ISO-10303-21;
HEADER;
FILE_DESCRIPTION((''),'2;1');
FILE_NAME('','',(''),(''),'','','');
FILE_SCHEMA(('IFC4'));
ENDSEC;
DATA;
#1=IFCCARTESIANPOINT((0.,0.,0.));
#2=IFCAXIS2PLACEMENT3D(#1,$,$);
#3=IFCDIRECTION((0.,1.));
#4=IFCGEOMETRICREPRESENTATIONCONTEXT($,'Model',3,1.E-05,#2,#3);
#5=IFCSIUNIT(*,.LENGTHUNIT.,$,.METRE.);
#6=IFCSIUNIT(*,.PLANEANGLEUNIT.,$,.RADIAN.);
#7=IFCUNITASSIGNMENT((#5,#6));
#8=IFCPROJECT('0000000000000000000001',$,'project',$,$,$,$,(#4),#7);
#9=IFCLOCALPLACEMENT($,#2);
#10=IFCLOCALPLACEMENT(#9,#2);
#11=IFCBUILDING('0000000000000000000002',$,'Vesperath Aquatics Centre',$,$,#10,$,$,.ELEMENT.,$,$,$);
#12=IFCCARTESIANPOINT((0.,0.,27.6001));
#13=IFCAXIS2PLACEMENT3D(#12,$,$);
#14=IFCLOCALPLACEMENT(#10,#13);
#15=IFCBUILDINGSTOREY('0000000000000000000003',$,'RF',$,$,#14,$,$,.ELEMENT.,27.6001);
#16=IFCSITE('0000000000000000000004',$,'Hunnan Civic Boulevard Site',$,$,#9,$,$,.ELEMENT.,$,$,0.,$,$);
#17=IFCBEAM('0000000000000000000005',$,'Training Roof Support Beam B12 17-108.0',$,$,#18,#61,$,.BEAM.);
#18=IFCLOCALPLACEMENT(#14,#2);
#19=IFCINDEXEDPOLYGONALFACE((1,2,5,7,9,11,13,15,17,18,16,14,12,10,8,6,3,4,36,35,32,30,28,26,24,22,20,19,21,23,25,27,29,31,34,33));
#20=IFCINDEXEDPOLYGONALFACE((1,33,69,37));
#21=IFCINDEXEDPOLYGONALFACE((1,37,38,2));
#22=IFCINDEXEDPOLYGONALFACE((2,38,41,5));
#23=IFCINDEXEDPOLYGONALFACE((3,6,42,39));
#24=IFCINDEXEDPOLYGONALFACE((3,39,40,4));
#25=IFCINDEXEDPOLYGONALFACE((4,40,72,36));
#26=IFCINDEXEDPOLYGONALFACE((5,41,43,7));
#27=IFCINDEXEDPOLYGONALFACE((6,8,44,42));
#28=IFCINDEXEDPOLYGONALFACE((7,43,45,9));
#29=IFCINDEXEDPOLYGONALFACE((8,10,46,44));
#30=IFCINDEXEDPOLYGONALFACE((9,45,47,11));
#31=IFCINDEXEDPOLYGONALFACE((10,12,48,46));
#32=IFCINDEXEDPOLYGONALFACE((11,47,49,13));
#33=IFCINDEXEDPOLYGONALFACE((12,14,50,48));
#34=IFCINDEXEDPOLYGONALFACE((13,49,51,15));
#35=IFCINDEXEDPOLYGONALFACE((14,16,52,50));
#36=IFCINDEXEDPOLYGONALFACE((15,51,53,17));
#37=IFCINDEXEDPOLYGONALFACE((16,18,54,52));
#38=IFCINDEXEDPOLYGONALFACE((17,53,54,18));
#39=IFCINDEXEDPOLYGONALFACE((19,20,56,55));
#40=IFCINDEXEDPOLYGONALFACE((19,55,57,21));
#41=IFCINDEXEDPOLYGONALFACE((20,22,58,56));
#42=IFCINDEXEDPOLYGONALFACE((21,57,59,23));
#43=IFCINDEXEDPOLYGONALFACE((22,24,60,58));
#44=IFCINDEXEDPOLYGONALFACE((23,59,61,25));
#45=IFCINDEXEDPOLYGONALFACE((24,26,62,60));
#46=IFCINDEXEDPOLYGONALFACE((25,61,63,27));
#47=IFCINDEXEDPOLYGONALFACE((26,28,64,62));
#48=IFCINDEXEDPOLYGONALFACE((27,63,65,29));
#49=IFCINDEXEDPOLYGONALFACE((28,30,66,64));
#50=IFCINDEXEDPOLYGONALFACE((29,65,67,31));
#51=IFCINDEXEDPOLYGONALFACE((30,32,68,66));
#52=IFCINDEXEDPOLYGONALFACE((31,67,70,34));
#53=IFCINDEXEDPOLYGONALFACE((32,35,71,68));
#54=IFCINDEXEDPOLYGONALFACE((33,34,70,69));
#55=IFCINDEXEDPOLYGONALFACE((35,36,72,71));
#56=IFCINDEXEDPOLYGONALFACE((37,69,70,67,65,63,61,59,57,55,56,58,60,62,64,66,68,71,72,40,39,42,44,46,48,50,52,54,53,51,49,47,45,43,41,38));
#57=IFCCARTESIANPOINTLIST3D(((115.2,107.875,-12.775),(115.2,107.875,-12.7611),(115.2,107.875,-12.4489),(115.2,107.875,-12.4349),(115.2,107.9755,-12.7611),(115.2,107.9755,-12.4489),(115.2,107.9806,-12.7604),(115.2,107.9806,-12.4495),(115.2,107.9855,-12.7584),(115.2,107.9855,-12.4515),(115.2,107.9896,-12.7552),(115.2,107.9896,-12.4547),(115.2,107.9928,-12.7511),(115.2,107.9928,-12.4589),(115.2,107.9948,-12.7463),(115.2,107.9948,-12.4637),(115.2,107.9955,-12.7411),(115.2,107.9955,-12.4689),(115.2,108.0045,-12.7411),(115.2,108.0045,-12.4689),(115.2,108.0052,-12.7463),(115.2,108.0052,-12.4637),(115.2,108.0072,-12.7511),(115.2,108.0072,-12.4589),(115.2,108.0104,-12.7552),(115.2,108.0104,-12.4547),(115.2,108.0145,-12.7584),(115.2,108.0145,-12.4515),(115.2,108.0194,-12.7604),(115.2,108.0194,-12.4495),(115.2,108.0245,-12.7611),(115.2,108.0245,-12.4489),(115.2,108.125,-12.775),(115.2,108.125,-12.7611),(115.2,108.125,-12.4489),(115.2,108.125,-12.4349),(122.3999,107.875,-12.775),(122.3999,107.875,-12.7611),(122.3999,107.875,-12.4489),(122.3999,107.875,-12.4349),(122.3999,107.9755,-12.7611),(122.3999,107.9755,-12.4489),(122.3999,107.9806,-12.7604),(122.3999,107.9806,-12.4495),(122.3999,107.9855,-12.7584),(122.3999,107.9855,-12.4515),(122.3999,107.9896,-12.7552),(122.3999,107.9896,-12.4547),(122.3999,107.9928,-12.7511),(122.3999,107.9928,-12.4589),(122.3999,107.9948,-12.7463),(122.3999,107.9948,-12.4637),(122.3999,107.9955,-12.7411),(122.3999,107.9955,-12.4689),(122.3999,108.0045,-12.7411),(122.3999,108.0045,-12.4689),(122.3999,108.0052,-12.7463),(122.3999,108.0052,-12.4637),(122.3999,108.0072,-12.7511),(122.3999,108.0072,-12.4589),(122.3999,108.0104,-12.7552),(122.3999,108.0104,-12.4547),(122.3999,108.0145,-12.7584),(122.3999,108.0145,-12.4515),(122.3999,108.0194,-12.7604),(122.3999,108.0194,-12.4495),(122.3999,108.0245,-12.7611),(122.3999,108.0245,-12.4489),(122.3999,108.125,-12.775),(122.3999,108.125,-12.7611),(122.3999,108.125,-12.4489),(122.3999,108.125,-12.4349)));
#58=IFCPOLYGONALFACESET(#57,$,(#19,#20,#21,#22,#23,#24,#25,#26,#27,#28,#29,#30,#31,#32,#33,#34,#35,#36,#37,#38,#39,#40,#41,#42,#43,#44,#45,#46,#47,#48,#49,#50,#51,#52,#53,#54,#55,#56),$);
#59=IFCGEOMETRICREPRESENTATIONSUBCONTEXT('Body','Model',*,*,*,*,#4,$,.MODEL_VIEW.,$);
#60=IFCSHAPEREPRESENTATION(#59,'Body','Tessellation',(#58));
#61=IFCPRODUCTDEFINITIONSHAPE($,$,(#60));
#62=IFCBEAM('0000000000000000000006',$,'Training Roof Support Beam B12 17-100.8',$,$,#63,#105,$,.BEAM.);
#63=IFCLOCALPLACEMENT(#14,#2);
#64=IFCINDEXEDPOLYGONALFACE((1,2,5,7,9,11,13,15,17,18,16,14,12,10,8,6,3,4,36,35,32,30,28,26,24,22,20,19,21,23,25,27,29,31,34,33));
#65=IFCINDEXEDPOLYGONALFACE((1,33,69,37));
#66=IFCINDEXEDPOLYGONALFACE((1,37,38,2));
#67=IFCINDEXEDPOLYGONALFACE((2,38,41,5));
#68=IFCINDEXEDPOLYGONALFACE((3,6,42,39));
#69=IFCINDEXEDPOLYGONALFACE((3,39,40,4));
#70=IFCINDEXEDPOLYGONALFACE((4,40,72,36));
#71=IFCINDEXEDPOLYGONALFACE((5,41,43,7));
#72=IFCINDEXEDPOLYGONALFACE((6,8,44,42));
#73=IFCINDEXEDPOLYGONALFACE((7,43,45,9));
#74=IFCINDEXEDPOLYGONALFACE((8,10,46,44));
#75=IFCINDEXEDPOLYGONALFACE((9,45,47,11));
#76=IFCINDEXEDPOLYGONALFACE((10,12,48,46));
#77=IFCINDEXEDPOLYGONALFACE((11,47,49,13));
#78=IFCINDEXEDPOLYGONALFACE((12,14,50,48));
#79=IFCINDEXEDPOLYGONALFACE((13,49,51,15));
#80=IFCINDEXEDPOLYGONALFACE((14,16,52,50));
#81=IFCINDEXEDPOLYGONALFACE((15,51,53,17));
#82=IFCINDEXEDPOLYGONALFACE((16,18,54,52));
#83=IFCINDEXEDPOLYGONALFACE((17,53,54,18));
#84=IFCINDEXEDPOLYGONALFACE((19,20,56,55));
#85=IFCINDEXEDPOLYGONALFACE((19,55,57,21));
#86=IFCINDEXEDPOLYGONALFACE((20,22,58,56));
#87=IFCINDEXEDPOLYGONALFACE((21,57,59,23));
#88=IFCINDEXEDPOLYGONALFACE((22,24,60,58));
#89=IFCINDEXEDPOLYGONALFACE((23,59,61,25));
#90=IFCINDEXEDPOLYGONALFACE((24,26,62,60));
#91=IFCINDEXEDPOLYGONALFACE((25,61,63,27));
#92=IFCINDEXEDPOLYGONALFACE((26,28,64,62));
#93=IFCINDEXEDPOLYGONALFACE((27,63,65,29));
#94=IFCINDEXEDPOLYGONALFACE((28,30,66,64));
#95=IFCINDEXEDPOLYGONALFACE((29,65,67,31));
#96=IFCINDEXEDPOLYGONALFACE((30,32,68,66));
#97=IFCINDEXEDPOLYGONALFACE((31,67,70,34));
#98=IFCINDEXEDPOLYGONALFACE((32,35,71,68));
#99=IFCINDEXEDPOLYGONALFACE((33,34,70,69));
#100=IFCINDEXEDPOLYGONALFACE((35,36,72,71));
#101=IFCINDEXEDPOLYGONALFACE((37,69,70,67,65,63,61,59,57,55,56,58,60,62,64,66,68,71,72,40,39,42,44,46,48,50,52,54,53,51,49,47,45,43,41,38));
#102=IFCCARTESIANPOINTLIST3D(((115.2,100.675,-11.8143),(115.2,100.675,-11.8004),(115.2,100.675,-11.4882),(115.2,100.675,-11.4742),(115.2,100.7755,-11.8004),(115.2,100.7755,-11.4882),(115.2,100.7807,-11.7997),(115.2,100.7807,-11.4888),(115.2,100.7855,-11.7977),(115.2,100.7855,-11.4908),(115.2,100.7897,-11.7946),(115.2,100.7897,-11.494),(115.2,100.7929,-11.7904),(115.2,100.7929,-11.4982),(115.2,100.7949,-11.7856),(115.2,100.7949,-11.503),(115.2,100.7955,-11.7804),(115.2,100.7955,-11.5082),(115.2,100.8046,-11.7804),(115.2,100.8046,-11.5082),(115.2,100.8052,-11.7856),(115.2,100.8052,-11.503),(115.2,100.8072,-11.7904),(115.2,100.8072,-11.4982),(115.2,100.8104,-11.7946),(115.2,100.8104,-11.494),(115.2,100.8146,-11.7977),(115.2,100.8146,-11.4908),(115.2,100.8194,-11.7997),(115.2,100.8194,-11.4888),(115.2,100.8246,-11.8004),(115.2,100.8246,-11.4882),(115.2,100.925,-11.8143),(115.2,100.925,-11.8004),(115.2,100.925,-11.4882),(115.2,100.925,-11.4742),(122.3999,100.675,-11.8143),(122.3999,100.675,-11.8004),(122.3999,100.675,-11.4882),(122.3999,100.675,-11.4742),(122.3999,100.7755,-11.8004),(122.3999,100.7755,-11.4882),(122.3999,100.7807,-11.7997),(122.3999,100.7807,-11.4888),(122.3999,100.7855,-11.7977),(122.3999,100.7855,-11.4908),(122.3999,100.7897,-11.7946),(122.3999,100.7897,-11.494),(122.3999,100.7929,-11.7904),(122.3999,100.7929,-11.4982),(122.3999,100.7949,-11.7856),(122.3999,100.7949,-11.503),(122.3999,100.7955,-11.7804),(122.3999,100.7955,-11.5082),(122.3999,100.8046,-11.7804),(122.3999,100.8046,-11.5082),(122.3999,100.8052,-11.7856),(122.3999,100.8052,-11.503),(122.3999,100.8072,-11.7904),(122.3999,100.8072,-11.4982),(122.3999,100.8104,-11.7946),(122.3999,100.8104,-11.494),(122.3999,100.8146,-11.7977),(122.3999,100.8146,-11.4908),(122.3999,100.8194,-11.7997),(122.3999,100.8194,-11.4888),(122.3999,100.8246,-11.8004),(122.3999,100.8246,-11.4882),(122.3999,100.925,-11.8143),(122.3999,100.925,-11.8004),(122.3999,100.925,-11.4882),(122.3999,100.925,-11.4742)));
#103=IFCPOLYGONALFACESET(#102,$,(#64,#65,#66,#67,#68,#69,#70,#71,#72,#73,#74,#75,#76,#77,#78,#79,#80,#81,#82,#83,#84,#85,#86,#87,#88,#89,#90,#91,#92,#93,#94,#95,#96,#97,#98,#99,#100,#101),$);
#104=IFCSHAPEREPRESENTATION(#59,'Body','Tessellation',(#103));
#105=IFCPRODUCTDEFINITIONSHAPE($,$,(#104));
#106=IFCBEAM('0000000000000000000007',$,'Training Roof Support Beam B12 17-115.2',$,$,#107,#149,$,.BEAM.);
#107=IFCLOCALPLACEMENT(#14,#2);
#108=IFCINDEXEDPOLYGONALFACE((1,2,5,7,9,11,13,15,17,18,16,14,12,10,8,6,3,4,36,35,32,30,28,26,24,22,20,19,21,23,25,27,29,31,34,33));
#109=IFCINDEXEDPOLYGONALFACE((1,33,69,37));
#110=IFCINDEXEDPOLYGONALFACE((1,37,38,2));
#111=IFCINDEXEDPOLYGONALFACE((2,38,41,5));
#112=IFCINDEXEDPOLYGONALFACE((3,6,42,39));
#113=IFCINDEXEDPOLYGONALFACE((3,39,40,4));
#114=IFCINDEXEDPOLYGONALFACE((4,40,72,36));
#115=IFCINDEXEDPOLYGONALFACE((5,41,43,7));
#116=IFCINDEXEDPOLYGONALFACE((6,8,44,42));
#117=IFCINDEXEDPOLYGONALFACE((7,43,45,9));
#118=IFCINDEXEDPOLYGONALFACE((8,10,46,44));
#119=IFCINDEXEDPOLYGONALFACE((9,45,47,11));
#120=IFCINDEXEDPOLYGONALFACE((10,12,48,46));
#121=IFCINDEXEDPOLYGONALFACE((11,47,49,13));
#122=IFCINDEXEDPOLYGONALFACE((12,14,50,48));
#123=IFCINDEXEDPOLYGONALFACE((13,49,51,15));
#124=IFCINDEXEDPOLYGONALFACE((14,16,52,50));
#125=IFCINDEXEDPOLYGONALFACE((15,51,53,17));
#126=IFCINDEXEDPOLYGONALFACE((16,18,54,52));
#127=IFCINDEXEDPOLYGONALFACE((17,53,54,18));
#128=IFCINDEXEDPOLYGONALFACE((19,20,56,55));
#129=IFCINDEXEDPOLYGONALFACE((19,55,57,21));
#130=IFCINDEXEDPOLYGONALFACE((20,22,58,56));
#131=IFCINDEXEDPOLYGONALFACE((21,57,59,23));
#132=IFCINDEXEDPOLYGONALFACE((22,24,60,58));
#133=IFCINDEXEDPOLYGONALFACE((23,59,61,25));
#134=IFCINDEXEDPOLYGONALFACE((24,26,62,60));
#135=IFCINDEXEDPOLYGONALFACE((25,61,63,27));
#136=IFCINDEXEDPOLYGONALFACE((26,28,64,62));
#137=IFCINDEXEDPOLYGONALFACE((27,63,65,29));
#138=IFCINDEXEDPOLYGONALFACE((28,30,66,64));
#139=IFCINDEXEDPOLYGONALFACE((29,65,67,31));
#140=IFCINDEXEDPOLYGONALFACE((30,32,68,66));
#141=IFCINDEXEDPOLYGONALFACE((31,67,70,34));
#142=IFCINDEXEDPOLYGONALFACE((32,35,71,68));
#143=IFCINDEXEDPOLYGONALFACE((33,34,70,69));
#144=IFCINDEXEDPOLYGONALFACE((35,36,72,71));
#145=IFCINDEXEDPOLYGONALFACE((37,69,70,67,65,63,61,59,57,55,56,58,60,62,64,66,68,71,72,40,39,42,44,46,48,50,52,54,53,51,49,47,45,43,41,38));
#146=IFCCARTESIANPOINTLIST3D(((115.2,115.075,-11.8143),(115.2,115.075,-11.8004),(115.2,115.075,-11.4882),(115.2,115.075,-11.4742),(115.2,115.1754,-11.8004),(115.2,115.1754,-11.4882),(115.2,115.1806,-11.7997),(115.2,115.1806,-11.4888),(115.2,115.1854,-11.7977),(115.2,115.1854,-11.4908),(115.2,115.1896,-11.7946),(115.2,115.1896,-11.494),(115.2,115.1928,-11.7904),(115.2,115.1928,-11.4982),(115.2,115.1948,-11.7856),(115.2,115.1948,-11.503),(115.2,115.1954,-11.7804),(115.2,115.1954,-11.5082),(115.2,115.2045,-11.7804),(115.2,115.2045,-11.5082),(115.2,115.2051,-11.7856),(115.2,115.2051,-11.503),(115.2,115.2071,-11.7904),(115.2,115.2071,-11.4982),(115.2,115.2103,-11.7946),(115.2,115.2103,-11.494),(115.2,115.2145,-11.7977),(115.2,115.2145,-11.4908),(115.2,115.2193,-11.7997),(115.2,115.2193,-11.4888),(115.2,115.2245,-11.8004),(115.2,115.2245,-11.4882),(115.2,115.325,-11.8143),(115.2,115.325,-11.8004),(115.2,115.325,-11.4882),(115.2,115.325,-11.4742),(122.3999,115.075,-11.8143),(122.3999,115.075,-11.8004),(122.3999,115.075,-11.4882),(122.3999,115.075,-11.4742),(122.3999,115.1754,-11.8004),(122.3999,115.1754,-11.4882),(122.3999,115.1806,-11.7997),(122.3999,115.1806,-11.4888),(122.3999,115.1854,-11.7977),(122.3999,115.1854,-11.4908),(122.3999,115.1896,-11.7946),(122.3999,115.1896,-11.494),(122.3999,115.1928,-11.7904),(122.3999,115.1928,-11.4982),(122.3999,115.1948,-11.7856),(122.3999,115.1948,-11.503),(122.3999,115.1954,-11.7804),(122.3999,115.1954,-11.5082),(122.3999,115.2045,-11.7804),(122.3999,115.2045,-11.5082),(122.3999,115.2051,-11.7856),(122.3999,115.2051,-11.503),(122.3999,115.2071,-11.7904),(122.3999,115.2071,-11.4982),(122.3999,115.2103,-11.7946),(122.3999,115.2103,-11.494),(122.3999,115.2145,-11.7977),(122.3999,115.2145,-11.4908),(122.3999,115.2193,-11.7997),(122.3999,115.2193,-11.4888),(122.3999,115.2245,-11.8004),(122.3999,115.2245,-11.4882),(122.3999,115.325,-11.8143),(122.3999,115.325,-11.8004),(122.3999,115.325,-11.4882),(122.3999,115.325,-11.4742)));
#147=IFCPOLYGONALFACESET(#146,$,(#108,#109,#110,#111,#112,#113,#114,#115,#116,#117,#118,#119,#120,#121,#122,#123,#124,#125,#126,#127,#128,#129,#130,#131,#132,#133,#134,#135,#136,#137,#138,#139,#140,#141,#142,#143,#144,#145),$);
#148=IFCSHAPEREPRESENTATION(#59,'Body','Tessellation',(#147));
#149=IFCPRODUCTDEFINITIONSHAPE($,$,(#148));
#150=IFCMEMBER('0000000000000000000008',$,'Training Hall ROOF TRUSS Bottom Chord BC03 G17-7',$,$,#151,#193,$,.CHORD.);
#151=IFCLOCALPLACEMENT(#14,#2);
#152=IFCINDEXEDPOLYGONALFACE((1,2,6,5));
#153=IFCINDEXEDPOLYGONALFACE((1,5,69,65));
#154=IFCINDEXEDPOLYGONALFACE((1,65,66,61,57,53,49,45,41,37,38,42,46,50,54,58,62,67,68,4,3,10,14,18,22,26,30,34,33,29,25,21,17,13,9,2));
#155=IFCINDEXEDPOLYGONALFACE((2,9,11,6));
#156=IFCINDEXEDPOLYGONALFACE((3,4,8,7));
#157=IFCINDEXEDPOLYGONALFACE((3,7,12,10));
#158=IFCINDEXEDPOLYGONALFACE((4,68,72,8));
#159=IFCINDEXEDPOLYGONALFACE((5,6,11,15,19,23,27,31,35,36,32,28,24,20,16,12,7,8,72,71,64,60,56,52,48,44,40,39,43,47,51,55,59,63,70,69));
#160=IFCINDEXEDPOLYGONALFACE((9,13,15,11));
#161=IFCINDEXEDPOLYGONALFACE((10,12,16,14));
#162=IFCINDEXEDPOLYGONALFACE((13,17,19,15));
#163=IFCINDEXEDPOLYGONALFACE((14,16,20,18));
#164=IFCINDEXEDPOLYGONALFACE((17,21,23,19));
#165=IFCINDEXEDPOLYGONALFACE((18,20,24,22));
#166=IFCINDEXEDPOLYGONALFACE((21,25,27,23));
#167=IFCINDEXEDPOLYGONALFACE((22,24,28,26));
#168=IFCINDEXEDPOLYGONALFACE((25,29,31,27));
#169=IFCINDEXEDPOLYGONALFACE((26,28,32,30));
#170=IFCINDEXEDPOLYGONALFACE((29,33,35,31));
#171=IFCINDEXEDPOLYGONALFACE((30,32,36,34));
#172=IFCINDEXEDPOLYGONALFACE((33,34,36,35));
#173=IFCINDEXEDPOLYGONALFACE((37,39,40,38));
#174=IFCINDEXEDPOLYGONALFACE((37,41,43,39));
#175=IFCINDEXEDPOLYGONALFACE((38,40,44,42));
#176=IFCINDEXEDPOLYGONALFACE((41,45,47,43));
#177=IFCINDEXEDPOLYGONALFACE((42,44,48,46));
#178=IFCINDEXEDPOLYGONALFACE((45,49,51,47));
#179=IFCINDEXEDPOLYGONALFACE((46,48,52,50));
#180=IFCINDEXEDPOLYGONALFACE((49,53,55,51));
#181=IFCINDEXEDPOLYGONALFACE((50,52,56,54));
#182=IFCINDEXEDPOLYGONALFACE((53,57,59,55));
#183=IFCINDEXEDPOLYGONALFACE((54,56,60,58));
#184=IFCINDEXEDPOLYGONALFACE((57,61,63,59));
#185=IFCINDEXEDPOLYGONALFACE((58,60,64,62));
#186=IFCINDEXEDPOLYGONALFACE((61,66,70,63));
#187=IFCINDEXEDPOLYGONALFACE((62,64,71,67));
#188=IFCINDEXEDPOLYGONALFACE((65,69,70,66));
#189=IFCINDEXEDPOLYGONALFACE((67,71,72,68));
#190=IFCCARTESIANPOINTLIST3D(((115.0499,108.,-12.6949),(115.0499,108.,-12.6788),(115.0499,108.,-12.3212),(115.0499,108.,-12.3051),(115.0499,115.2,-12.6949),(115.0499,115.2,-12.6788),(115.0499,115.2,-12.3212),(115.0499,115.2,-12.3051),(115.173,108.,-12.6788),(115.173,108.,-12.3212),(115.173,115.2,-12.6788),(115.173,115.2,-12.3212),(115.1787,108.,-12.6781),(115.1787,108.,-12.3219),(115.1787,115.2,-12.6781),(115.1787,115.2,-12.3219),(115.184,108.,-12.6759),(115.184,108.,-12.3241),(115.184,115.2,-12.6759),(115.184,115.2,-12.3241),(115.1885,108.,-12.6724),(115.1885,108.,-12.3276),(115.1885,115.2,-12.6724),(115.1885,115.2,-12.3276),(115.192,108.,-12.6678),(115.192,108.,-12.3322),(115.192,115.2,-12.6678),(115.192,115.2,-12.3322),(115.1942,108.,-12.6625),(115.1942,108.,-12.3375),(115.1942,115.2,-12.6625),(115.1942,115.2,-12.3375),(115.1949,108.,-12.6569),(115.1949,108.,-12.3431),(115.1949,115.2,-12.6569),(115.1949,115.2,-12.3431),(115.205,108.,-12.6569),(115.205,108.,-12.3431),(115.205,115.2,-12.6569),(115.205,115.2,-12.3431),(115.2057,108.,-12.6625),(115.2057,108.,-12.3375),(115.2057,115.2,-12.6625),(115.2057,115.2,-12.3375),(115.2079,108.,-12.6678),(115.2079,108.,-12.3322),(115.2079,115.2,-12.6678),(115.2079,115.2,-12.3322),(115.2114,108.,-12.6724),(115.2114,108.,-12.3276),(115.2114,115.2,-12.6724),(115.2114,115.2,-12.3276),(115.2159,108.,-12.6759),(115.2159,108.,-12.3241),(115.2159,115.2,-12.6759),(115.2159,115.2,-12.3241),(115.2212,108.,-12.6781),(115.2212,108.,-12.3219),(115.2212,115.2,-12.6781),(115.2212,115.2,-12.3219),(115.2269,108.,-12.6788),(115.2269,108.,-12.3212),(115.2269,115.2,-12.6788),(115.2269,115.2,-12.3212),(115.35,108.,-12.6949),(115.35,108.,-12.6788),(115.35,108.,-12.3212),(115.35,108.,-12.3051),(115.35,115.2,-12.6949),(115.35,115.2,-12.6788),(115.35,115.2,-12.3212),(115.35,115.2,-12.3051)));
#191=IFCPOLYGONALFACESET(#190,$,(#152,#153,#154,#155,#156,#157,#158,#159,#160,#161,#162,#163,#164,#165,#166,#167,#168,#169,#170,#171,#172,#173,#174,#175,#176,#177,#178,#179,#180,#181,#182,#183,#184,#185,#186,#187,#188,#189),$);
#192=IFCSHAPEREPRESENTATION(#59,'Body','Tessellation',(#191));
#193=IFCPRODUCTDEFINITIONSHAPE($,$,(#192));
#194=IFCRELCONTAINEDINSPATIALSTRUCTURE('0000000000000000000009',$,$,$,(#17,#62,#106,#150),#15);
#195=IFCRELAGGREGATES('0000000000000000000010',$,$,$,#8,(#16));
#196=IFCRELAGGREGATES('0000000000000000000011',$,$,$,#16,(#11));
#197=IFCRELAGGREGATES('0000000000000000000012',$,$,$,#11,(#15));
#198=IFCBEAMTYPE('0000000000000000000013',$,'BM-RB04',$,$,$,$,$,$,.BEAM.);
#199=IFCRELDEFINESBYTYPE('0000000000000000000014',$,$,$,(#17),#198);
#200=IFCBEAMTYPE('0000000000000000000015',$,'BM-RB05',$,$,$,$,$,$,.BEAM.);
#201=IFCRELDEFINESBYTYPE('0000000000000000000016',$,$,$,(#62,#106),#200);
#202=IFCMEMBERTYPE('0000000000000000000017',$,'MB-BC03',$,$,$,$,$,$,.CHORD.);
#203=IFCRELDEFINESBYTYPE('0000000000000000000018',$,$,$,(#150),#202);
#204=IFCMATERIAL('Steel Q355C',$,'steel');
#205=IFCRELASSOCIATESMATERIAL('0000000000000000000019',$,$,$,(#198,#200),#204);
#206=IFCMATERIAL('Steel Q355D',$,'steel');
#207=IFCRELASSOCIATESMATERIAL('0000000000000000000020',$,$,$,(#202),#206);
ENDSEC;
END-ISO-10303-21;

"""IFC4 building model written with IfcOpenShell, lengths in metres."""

from ifc_helpers import new_model, si_unit, direction, frame, origin, origin_2d, place, context, subcontext, project, spatial, i_section, extrude, material, material_profile, profile_set, type_object, element, save


model = new_model("IFC4")

# Units and contexts
model_context = context("Model", 3, precision=1e-05, world=origin(), true_north=direction((0.0, 1.0)))
body_context = subcontext(model_context, "Body", "Model", "MODEL_VIEW")
ifc_project = project(units=[si_unit("LENGTHUNIT", "METRE"), si_unit("PLANEANGLEUNIT", "RADIAN")], contexts=[model_context])

# Site, building, storey
site_placement = place(None, origin())
site = spatial("IfcSite", under=ifc_project, at=site_placement, Name="Hunnan Civic Boulevard Site", CompositionType="ELEMENT", RefElevation=0.0)
building_placement = place(site_placement, origin())
building = spatial("IfcBuilding", under=site, at=building_placement, Name="Vesperath Aquatics Centre", CompositionType="ELEMENT")
storey_placement = place(building_placement, frame((0.0, 0.0, 27.6001)))
storey = spatial("IfcBuildingStorey", under=building, at=storey_placement, Name="RF", CompositionType="ELEMENT", Elevation=27.6001)

# Beams
ifc_material_1 = material(Name="Steel Q355C", Category="steel")
ifc_material_profile_1 = material_profile(ifc_material_1, i_section(OverallWidth=0.25, OverallDepth=0.3401, WebThickness=0.009, FlangeThickness=0.0139, FilletRadius=0.02, at=origin_2d()), Name="HM 340x250x9x14")
ifc_profile_set_1 = profile_set([ifc_material_profile_1], Name="Steel Q355C")
beam_type_1 = type_object("IfcBeamType", Name="BM-RB04", PredefinedType="BEAM", material=ifc_profile_set_1)
beam_placement = place(storey_placement, frame((115.2, 108.0, -12.605), z_axis=(1.0, 0.0, 0.0), x_axis=(0.0, 1.0, 0.0)))
element("IfcBeam", 1, at=beam_placement, inside=storey, type_object=beam_type_1, Name="Training Roof Support Beam B12 17-108.0", PredefinedType="BEAM", context=body_context, shape_type="SweptSolid", body=[
    extrude(i_section(OverallWidth=0.25, OverallDepth=0.3401, WebThickness=0.009, FlangeThickness=0.0139, FilletRadius=0.02, at=origin_2d()), origin(), (0.0, 0.0, 1.0), 7.2),
])
ifc_material_profile_2 = material_profile(ifc_material_1, i_section(OverallWidth=0.25, OverallDepth=0.3401, WebThickness=0.009, FlangeThickness=0.0139, FilletRadius=0.02, at=origin_2d()), Name="HM 340x250x9x14")
ifc_profile_set_2 = profile_set([ifc_material_profile_2], Name="Steel Q355C")
beam_type_2 = type_object("IfcBeamType", Name="BM-RB05", PredefinedType="BEAM", material=ifc_profile_set_2)
for number, where, z_axis, x_axis, name in (
    (2, (115.2, 100.8, -11.6443), (1.0, 0.0, 0.0), (0.0, 1.0, 0.0), "Training Roof Support Beam B12 17-100.8"),
    (3, (115.2, 115.2, -11.6443), (1.0, 0.0, 0.0), (0.0, 1.0, 0.0), "Training Roof Support Beam B12 17-115.2"),
):
    element("IfcBeam", number, at=place(storey_placement, frame(where, z_axis=z_axis, x_axis=x_axis)), inside=storey, type_object=beam_type_2, Name=name, PredefinedType="BEAM", context=body_context, shape_type="SweptSolid", body=[
        extrude(i_section(OverallWidth=0.25, OverallDepth=0.3401, WebThickness=0.009, FlangeThickness=0.0139, FilletRadius=0.02, at=origin_2d()), origin(), (0.0, 0.0, 1.0), 7.2),
    ])

# Member
ifc_material_2 = material(Name="Steel Q355D", Category="steel")
ifc_material_profile_3 = material_profile(ifc_material_2, i_section(OverallWidth=0.3, OverallDepth=0.3899, WebThickness=0.01, FlangeThickness=0.0161, FilletRadius=0.022, at=origin_2d()), Name="HM 390x300x10x16")
ifc_profile_set_3 = profile_set([ifc_material_profile_3], Name="Steel Q355D")
member_type_1 = type_object("IfcMemberType", Name="MB-BC03", PredefinedType="CHORD", material=ifc_profile_set_3)
for number, where, z_axis, x_axis, name in (
    (4, (115.2, 108.0, -12.5), (0.0, 1.0, 0.0), (-1.0, 0.0, 0.0), "Training Hall ROOF TRUSS Bottom Chord BC03 G17-7"),
):
    element("IfcMember", number, at=place(storey_placement, frame(where, z_axis=z_axis, x_axis=x_axis)), inside=storey, type_object=member_type_1, Name=name, PredefinedType="CHORD", context=body_context, shape_type="SweptSolid", body=[
        extrude(i_section(OverallWidth=0.3, OverallDepth=0.3899, WebThickness=0.01, FlangeThickness=0.0161, FilletRadius=0.022, at=origin_2d()), origin(), (0.0, 0.0, 1.0), 7.2),
    ])

save(model, "model.ifc")
